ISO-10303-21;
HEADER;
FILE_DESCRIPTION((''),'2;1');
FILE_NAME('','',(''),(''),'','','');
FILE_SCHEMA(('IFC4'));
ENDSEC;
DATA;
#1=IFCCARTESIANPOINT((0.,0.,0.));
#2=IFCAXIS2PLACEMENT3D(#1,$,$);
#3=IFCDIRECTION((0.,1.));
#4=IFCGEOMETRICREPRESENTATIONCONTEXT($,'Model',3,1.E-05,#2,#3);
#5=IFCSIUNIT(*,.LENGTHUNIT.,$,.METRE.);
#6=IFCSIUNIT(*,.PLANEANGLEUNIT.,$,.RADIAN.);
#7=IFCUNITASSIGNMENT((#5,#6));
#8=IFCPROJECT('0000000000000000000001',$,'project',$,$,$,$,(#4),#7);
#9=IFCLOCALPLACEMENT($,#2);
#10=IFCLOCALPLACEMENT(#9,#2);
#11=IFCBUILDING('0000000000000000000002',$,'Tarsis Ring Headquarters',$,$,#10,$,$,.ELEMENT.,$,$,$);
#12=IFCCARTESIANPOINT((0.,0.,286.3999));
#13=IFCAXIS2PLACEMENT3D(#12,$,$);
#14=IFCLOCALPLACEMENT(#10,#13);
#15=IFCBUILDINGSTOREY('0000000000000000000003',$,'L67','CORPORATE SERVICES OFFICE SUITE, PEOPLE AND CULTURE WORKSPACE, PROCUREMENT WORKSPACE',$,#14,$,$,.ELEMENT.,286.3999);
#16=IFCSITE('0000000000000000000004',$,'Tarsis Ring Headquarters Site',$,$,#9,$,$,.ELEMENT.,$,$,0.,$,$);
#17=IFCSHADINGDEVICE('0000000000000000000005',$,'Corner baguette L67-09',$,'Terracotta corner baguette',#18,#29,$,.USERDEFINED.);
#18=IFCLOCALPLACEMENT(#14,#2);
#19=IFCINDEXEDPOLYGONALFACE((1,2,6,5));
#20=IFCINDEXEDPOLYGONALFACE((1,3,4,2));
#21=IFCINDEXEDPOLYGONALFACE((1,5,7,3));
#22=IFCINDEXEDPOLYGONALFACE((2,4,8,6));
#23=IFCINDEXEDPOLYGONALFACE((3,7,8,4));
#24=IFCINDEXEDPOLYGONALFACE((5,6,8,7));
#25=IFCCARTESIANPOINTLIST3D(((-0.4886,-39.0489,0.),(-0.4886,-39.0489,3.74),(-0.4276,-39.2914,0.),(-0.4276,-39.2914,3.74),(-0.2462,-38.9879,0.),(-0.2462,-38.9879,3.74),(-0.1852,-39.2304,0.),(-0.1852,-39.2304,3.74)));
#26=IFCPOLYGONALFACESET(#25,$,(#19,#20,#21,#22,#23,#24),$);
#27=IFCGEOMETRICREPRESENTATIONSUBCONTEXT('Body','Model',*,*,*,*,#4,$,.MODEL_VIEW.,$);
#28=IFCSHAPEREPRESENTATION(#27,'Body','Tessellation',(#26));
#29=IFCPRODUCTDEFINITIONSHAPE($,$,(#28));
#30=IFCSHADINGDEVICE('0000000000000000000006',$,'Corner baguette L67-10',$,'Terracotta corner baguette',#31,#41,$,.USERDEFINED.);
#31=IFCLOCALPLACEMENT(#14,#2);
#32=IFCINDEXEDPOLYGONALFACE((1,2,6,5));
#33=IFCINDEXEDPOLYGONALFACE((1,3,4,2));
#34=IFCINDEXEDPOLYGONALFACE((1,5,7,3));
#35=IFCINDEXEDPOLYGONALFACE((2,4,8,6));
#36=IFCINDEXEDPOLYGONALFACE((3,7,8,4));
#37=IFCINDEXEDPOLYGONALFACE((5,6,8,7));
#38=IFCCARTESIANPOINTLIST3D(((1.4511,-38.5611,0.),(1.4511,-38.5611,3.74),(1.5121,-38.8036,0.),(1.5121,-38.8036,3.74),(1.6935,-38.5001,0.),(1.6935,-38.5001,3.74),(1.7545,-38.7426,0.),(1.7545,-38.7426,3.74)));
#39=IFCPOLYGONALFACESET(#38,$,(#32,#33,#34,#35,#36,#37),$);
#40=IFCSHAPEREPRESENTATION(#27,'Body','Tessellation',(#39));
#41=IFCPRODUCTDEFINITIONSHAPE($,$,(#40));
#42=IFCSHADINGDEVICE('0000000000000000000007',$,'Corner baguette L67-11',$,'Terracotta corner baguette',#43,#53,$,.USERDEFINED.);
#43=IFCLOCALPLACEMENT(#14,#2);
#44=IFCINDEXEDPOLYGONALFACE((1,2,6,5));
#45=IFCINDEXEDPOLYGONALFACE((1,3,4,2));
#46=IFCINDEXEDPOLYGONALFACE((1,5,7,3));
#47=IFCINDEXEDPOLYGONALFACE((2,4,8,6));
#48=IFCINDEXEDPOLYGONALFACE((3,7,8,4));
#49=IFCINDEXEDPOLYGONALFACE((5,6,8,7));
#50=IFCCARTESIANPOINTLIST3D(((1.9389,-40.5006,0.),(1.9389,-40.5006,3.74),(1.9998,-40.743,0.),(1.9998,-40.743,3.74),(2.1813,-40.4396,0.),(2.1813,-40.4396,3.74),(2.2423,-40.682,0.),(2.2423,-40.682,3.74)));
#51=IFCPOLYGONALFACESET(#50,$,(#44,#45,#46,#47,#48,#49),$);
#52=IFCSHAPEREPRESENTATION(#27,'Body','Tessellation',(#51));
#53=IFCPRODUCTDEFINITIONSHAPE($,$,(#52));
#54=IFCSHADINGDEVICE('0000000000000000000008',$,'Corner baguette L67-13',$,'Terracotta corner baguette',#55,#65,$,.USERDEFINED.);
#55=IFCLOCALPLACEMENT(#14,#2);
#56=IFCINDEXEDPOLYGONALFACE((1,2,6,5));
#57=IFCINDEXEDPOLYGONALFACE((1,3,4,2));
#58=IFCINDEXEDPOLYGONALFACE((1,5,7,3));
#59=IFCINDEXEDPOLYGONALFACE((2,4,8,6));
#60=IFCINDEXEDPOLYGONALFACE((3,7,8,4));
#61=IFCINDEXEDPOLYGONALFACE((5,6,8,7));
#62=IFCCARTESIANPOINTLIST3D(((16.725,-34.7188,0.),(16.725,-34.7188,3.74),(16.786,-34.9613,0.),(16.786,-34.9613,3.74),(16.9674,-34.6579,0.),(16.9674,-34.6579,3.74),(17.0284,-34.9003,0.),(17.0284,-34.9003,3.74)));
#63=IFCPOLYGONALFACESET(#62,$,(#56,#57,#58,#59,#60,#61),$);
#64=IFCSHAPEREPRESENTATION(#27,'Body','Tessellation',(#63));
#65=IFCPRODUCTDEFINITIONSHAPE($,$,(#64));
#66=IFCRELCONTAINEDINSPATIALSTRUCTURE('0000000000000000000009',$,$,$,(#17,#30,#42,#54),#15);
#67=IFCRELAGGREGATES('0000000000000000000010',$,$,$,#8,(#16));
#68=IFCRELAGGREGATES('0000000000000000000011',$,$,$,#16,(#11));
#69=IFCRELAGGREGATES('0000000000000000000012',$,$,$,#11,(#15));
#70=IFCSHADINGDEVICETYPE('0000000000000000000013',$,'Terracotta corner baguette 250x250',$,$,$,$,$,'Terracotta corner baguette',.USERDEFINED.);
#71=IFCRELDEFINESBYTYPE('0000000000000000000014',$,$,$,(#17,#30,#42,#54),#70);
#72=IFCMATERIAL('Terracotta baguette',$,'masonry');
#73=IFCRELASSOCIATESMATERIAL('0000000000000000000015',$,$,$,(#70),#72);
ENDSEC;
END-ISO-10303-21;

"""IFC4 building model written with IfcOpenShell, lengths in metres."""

from ifc_helpers import new_model, si_unit, direction, frame, origin, origin_2d, place, context, subcontext, project, spatial, rectangle, extrude, material, type_object, element, save


model = new_model("IFC4")

# Units and contexts
model_context = context("Model", 3, precision=1e-05, world=origin(), true_north=direction((0.0, 1.0)))
body_context = subcontext(model_context, "Body", "Model", "MODEL_VIEW")
ifc_project = project(units=[si_unit("LENGTHUNIT", "METRE"), si_unit("PLANEANGLEUNIT", "RADIAN")], contexts=[model_context])

# Site, building, storey
site_placement = place(None, origin())
site = spatial("IfcSite", under=ifc_project, at=site_placement, Name="Tarsis Ring Headquarters Site", CompositionType="ELEMENT", RefElevation=0.0)
building_placement = place(site_placement, origin())
building = spatial("IfcBuilding", under=site, at=building_placement, Name="Tarsis Ring Headquarters", CompositionType="ELEMENT")
storey_placement = place(building_placement, frame((0.0, 0.0, 286.3999)))
storey = spatial("IfcBuildingStorey", under=building, at=storey_placement, Name="L67", Description="CORPORATE SERVICES OFFICE SUITE, PEOPLE AND CULTURE WORKSPACE, PROCUREMENT WORKSPACE", CompositionType="ELEMENT", Elevation=286.3999)

# Shading devices
ifc_material_1 = material(Name="Terracotta baguette", Category="masonry")
shading_device_type_1 = type_object("IfcShadingDeviceType", Name="Terracotta corner baguette 250x250", ElementType="Terracotta corner baguette", PredefinedType="USERDEFINED", material=ifc_material_1)
for number, where, z_axis, x_axis, name in (
    (1, (-0.3369, -39.1396, 0.0), (0.0, 0.0, 1.0), (0.243953, -0.969787, 0.0), "Corner baguette L67-09"),
    (2, (1.6028, -38.6519, 0.0), (0.0, 0.0, 1.0), (0.969787, 0.243954, 0.0), "Corner baguette L67-10"),
    (3, (2.0906, -40.5913, 0.0), (0.0, 0.0, 1.0), (0.243953, -0.969787, 0.0), "Corner baguette L67-11"),
    (4, (16.8767, -34.8096, 0.0), (0.0, 0.0, 1.0), (-0.243953, 0.969787, 0.0), "Corner baguette L67-13"),
):
    element("IfcShadingDevice", number, at=place(storey_placement, frame(where, z_axis=z_axis, x_axis=x_axis)), inside=storey, type_object=shading_device_type_1, Name=name, ObjectType="Terracotta corner baguette", PredefinedType="USERDEFINED", context=body_context, shape_type="SweptSolid", body=[
        extrude(rectangle(XDim=0.25, YDim=0.25, at=origin_2d()), origin(), (0.0, 0.0, 1.0), 3.74),
    ])

save(model, "model.ifc")
